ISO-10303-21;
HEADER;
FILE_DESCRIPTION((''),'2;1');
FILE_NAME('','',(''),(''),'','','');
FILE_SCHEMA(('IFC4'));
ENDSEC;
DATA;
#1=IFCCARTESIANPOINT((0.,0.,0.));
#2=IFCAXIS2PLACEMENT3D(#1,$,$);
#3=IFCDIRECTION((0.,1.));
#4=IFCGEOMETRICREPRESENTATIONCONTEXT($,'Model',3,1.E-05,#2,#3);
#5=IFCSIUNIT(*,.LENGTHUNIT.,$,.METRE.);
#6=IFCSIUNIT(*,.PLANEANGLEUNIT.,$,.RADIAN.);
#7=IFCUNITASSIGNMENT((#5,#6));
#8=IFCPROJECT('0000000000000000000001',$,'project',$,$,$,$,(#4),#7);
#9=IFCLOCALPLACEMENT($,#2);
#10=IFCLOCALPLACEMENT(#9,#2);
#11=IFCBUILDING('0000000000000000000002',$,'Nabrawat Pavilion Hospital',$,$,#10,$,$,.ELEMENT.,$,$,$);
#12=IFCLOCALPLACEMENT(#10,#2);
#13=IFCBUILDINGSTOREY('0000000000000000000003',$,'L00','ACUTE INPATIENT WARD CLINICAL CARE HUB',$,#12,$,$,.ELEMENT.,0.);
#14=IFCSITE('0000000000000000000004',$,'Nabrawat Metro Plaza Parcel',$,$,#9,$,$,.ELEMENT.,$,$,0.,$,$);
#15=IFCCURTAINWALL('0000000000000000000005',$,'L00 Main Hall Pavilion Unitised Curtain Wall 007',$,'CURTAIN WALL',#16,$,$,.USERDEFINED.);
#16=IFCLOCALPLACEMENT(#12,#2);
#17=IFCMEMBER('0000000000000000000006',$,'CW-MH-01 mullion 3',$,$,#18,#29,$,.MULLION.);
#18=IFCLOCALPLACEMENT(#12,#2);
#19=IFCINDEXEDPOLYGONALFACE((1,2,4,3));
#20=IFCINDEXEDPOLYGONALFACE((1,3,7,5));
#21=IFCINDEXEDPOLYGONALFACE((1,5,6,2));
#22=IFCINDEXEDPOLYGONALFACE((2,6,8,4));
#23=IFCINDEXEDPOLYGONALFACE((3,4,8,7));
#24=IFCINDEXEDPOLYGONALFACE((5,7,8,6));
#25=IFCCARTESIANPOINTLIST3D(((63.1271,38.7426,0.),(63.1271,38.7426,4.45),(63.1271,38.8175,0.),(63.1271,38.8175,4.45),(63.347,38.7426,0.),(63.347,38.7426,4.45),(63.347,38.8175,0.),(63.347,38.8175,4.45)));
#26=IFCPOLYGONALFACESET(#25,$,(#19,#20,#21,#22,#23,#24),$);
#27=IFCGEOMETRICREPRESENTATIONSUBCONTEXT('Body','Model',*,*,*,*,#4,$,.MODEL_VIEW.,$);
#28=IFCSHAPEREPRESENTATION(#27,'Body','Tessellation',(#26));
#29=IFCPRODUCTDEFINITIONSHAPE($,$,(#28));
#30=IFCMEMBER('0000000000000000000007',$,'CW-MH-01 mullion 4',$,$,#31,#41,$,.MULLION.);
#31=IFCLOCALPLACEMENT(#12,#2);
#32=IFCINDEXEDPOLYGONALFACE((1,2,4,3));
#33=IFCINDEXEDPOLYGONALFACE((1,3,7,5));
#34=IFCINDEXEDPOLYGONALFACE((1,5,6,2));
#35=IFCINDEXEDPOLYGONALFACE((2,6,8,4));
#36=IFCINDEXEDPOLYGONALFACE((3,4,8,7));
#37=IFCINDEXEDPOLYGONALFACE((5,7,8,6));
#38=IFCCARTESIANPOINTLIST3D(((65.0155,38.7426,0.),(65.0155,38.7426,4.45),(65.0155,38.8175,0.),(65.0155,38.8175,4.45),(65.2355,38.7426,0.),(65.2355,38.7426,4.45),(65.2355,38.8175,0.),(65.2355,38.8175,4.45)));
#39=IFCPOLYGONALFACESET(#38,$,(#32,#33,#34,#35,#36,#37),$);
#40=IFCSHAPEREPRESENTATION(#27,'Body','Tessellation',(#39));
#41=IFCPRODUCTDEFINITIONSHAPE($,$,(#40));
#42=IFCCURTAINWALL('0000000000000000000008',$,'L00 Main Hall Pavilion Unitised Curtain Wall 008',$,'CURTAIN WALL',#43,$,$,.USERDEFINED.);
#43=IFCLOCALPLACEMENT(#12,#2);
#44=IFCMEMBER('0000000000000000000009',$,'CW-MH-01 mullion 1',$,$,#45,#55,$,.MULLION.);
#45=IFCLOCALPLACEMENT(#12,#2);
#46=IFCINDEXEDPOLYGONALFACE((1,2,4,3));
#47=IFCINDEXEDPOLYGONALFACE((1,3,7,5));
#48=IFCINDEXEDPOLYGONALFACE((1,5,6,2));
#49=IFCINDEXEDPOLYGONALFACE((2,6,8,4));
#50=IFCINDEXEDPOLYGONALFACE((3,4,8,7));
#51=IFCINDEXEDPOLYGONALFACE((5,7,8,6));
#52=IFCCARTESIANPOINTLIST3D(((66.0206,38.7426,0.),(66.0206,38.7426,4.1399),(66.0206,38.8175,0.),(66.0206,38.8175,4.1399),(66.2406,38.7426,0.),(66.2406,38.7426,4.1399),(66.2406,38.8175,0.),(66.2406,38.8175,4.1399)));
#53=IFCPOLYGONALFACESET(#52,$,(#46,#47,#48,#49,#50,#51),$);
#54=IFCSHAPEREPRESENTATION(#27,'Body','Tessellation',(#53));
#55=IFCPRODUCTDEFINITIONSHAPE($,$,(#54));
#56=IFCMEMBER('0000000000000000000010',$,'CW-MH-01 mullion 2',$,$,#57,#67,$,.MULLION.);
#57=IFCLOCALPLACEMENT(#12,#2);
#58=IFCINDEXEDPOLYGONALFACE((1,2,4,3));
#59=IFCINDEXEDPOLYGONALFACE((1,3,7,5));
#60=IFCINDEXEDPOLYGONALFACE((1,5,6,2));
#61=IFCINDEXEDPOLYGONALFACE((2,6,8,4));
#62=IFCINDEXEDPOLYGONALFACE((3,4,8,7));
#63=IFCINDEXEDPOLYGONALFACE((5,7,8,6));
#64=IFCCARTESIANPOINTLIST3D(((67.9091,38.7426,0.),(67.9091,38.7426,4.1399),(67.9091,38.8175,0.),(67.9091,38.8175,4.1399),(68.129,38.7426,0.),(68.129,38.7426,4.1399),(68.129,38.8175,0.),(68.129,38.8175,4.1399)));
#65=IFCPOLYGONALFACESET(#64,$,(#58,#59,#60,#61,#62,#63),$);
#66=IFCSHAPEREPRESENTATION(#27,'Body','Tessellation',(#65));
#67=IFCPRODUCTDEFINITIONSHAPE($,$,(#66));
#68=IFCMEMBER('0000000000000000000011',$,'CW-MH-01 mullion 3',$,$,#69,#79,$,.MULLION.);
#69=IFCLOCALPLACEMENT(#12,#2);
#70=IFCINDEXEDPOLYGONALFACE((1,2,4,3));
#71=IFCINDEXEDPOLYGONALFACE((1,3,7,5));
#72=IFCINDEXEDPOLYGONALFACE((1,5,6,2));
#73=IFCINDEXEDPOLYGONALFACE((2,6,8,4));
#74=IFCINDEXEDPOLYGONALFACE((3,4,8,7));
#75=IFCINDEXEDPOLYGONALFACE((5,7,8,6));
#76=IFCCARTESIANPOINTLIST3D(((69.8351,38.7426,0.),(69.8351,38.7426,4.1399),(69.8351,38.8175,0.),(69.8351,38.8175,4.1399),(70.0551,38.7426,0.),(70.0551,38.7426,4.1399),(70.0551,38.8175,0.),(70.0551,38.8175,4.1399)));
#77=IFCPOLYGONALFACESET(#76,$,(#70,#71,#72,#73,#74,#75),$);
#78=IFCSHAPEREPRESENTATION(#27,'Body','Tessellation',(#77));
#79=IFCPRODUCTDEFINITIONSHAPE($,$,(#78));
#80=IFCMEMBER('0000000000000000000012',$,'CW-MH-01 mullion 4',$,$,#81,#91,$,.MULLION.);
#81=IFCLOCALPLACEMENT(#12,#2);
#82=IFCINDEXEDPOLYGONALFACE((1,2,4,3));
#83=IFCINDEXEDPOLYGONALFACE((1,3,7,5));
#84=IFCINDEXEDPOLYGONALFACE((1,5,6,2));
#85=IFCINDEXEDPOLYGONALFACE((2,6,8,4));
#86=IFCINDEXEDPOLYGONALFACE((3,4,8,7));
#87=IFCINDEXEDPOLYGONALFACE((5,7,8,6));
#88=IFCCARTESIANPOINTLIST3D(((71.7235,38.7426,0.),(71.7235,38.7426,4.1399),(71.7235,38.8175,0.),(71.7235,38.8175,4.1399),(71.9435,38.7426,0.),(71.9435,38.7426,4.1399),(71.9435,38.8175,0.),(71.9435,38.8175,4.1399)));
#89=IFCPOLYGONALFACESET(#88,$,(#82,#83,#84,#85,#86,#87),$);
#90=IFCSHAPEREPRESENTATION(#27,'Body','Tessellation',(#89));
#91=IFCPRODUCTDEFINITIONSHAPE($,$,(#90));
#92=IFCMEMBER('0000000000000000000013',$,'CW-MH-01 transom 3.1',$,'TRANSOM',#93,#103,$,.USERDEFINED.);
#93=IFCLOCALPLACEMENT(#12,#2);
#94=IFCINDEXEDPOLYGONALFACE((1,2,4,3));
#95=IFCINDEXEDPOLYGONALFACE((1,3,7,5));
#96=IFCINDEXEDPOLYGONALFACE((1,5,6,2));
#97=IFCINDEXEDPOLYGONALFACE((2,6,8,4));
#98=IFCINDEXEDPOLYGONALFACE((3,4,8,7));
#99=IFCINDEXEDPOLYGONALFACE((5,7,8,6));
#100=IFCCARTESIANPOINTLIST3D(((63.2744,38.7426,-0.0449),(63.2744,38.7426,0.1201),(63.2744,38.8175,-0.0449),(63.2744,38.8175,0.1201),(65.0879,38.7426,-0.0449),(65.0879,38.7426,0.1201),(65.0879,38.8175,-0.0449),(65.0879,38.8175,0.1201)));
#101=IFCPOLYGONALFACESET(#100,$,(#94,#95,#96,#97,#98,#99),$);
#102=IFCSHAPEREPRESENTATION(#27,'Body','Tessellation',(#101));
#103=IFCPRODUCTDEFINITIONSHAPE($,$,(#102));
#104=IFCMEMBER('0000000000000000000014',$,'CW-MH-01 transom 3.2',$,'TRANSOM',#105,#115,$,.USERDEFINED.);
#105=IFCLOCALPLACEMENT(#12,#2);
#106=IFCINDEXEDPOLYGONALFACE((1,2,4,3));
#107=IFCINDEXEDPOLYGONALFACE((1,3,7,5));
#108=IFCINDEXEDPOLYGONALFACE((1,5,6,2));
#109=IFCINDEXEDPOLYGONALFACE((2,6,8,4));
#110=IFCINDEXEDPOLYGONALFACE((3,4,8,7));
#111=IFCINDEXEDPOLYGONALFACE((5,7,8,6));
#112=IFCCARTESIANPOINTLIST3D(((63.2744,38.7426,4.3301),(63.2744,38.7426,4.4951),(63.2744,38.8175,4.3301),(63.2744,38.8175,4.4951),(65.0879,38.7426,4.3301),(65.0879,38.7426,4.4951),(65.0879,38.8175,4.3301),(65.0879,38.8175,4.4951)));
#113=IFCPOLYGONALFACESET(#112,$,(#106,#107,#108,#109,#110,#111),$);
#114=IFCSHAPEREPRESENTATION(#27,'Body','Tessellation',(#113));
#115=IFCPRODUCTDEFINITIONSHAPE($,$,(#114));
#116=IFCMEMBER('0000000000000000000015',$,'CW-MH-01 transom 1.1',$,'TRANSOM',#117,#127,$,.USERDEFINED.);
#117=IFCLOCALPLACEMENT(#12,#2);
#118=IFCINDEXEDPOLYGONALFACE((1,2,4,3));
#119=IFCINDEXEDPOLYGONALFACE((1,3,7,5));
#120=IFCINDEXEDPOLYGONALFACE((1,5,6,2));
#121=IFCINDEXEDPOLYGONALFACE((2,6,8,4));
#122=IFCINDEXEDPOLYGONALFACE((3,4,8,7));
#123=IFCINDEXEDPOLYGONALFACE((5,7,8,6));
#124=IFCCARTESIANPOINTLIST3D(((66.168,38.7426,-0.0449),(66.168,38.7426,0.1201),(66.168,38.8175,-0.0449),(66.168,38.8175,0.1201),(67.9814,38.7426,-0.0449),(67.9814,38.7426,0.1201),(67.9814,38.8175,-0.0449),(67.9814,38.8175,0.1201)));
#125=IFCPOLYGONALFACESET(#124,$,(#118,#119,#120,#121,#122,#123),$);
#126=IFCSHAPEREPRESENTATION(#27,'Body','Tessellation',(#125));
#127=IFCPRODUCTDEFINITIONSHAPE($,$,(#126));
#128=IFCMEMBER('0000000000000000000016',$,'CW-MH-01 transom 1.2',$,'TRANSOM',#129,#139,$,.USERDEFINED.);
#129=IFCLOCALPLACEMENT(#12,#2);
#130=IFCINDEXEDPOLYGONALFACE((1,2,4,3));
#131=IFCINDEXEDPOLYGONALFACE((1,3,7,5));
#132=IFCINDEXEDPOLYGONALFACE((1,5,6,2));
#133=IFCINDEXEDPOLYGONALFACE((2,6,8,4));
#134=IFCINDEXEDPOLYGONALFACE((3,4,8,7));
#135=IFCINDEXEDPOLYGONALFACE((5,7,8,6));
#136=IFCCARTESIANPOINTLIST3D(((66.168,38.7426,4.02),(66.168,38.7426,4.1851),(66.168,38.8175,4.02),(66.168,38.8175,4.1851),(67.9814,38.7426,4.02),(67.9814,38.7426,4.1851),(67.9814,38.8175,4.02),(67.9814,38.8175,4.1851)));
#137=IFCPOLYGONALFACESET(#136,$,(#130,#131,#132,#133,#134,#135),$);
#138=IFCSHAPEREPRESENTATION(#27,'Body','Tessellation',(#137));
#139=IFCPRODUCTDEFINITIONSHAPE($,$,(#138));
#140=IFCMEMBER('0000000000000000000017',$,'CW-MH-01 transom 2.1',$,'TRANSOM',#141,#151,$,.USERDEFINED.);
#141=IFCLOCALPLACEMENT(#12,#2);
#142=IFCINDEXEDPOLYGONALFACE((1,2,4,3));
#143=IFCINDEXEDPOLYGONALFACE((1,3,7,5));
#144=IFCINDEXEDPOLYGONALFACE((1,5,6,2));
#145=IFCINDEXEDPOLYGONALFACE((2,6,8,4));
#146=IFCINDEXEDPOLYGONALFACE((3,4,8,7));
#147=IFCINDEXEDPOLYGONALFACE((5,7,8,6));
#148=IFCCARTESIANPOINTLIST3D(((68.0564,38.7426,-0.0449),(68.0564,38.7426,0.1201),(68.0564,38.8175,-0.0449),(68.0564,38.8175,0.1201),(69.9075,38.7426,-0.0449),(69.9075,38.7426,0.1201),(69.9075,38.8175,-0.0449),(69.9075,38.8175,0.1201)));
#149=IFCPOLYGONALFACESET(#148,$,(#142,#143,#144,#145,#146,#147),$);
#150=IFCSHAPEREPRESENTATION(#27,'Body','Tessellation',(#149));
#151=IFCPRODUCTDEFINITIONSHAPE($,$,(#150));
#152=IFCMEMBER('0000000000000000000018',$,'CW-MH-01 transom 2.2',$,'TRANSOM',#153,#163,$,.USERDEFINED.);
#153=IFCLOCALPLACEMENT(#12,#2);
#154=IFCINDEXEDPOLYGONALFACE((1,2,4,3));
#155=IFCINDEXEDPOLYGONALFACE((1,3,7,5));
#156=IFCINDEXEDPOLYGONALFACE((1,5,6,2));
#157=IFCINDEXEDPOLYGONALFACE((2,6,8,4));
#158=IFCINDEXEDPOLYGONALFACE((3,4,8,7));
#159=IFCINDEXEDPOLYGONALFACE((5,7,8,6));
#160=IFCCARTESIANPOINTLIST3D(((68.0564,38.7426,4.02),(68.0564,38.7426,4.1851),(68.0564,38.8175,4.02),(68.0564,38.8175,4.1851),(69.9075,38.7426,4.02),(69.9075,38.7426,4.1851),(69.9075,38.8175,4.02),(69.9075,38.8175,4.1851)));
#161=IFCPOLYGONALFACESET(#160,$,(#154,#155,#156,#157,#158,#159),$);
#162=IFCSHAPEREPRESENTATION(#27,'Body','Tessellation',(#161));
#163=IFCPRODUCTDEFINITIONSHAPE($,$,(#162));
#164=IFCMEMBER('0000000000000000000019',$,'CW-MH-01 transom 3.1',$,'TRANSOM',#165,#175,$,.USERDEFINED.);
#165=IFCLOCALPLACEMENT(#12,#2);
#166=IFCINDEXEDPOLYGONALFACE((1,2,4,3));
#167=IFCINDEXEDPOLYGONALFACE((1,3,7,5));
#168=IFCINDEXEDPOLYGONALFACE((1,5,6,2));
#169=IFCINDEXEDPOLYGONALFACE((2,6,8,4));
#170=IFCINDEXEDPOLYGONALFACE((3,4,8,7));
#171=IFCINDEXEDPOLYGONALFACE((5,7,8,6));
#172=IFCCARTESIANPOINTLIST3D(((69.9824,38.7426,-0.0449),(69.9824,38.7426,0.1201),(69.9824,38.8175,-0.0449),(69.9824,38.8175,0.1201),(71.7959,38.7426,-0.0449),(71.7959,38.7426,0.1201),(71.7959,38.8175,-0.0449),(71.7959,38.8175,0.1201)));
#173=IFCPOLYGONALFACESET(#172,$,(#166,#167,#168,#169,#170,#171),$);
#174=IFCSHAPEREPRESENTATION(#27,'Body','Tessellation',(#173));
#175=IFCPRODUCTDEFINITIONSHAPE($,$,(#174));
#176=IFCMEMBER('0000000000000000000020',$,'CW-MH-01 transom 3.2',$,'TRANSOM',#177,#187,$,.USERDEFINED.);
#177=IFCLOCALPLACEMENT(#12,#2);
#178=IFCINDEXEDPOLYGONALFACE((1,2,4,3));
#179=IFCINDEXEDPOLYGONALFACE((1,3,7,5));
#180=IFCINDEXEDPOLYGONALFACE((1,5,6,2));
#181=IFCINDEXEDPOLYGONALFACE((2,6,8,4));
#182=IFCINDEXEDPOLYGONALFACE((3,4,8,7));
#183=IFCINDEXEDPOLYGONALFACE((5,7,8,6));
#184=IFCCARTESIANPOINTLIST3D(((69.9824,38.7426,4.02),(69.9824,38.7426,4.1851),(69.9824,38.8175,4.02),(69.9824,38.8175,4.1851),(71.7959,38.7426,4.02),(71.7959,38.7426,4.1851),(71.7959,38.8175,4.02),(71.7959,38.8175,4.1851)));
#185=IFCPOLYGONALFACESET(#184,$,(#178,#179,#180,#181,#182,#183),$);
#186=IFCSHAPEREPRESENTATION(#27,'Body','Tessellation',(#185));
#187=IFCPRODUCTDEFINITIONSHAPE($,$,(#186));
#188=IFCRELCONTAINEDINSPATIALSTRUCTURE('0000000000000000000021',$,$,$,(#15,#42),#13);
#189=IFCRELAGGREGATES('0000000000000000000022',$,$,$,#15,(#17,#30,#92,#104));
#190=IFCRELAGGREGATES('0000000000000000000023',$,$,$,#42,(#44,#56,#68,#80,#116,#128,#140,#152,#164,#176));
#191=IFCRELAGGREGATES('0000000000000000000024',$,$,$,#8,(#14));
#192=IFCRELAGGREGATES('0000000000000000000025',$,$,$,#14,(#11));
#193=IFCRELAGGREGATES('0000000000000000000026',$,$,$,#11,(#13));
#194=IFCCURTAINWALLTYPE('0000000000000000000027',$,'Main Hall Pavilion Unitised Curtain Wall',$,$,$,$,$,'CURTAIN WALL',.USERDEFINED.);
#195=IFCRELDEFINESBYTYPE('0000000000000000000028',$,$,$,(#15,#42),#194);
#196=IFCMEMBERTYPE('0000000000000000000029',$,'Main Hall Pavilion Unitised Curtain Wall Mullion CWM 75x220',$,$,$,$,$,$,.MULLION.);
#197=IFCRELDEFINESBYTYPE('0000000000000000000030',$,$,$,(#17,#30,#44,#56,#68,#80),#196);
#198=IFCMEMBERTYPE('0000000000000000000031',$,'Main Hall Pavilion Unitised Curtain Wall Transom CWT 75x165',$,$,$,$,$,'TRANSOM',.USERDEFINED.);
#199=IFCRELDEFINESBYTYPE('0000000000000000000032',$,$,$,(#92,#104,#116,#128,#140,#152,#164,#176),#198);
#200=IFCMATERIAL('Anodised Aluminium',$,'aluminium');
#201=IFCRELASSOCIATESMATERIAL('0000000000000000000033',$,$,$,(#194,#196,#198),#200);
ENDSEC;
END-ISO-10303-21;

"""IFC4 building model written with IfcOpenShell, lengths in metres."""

from ifc_helpers import new_model, si_unit, direction, frame, origin, origin_2d, place, context, subcontext, project, spatial, rectangle, extrude, material, material_profile, profile_set, type_object, element, aggregate, save


model = new_model("IFC4")

# Units and contexts
model_context = context("Model", 3, precision=1e-05, world=origin(), true_north=direction((0.0, 1.0)))
body_context = subcontext(model_context, "Body", "Model", "MODEL_VIEW")
ifc_project = project(units=[si_unit("LENGTHUNIT", "METRE"), si_unit("PLANEANGLEUNIT", "RADIAN")], contexts=[model_context])

# Site, building, storey
site_placement = place(None, origin())
site = spatial("IfcSite", under=ifc_project, at=site_placement, Name="Nabrawat Metro Plaza Parcel", CompositionType="ELEMENT", RefElevation=0.0)
building_placement = place(site_placement, origin())
building = spatial("IfcBuilding", under=site, at=building_placement, Name="Nabrawat Pavilion Hospital", CompositionType="ELEMENT")
storey_placement = place(building_placement, origin())
storey = spatial("IfcBuildingStorey", under=building, at=storey_placement, Name="L00", Description="ACUTE INPATIENT WARD CLINICAL CARE HUB", CompositionType="ELEMENT", Elevation=0.0)

# Curtain walls, members
ifc_material_1 = material(Name="Anodised Aluminium", Category="aluminium")
curtain_wall_type = type_object("IfcCurtainWallType", Name="Main Hall Pavilion Unitised Curtain Wall", ElementType="CURTAIN WALL", PredefinedType="USERDEFINED", material=ifc_material_1)
curtain_wall_1_placement = place(storey_placement, origin())
curtain_wall_1 = element("IfcCurtainWall", 1, at=curtain_wall_1_placement, inside=storey, type_object=curtain_wall_type, Name="L00 Main Hall Pavilion Unitised Curtain Wall 007", ObjectType="CURTAIN WALL", PredefinedType="USERDEFINED")
ifc_material_profile_1 = material_profile(ifc_material_1, rectangle(XDim=0.075, YDim=0.22, at=origin_2d()), Name="CWM 75x220")
ifc_profile_set_1 = profile_set([ifc_material_profile_1], Name="Anodised Aluminium")
member_type_1 = type_object("IfcMemberType", Name="Main Hall Pavilion Unitised Curtain Wall Mullion CWM 75x220", PredefinedType="MULLION", material=ifc_profile_set_1)
member_1_placement = place(storey_placement, frame((63.2371, 38.78, 0.0), z_axis=(0.0, 0.0, 1.0), x_axis=(0.0, 1.0, 0.0)))
member_1 = element("IfcMember", 2, at=member_1_placement, type_object=member_type_1, Name="CW-MH-01 mullion 3", PredefinedType="MULLION", context=body_context, shape_type="SweptSolid", body=[
    extrude(rectangle(XDim=0.075, YDim=0.22, at=origin_2d()), origin(), (0.0, 0.0, 1.0), 4.45),
])
member_2_placement = place(storey_placement, frame((65.1255, 38.78, 0.0), z_axis=(0.0, 0.0, 1.0), x_axis=(0.0, 1.0, 0.0)))
member_2 = element("IfcMember", 3, at=member_2_placement, type_object=member_type_1, Name="CW-MH-01 mullion 4", PredefinedType="MULLION", context=body_context, shape_type="SweptSolid", body=[
    extrude(rectangle(XDim=0.075, YDim=0.22, at=origin_2d()), origin(), (0.0, 0.0, 1.0), 4.45),
])
curtain_wall_2_placement = place(storey_placement, origin())
curtain_wall_2 = element("IfcCurtainWall", 4, at=curtain_wall_2_placement, inside=storey, type_object=curtain_wall_type, Name="L00 Main Hall Pavilion Unitised Curtain Wall 008", ObjectType="CURTAIN WALL", PredefinedType="USERDEFINED")
member_3_placement = place(storey_placement, frame((66.1306, 38.78, 0.0), z_axis=(0.0, 0.0, 1.0), x_axis=(0.0, 1.0, 0.0)))
member_3 = element("IfcMember", 5, at=member_3_placement, type_object=member_type_1, Name="CW-MH-01 mullion 1", PredefinedType="MULLION", context=body_context, shape_type="SweptSolid", body=[
    extrude(rectangle(XDim=0.075, YDim=0.22, at=origin_2d()), origin(), (0.0, 0.0, 1.0), 4.1399),
])
member_4_placement = place(storey_placement, frame((68.019, 38.78, 0.0), z_axis=(0.0, 0.0, 1.0), x_axis=(0.0, 1.0, 0.0)))
member_4 = element("IfcMember", 6, at=member_4_placement, type_object=member_type_1, Name="CW-MH-01 mullion 2", PredefinedType="MULLION", context=body_context, shape_type="SweptSolid", body=[
    extrude(rectangle(XDim=0.075, YDim=0.22, at=origin_2d()), origin(), (0.0, 0.0, 1.0), 4.1399),
])
member_5_placement = place(storey_placement, frame((69.9451, 38.78, 0.0), z_axis=(0.0, 0.0, 1.0), x_axis=(0.0, 1.0, 0.0)))
member_5 = element("IfcMember", 7, at=member_5_placement, type_object=member_type_1, Name="CW-MH-01 mullion 3", PredefinedType="MULLION", context=body_context, shape_type="SweptSolid", body=[
    extrude(rectangle(XDim=0.075, YDim=0.22, at=origin_2d()), origin(), (0.0, 0.0, 1.0), 4.1399),
])
member_6_placement = place(storey_placement, frame((71.8335, 38.78, 0.0), z_axis=(0.0, 0.0, 1.0), x_axis=(0.0, 1.0, 0.0)))
member_6 = element("IfcMember", 8, at=member_6_placement, type_object=member_type_1, Name="CW-MH-01 mullion 4", PredefinedType="MULLION", context=body_context, shape_type="SweptSolid", body=[
    extrude(rectangle(XDim=0.075, YDim=0.22, at=origin_2d()), origin(), (0.0, 0.0, 1.0), 4.1399),
])

# Members
ifc_material_profile_2 = material_profile(ifc_material_1, rectangle(XDim=0.075, YDim=0.165, at=origin_2d()), Name="CWT 75x165")
ifc_profile_set_2 = profile_set([ifc_material_profile_2], Name="Anodised Aluminium")
member_type_2 = type_object("IfcMemberType", Name="Main Hall Pavilion Unitised Curtain Wall Transom CWT 75x165", ElementType="TRANSOM", PredefinedType="USERDEFINED", material=ifc_profile_set_2)
member_7_placement = place(storey_placement, frame((63.2744, 38.78, 0.0376), z_axis=(1.0, 0.0, 0.0), x_axis=(0.0, 1.0, 0.0)))
member_7 = element("IfcMember", 9, at=member_7_placement, type_object=member_type_2, Name="CW-MH-01 transom 3.1", ObjectType="TRANSOM", PredefinedType="USERDEFINED", context=body_context, shape_type="SweptSolid", body=[
    extrude(rectangle(XDim=0.075, YDim=0.165, at=origin_2d()), origin(), (0.0, 0.0, 1.0), 1.8135),
])
member_8_placement = place(storey_placement, frame((63.2744, 38.78, 4.4126), z_axis=(1.0, 0.0, 0.0), x_axis=(0.0, 1.0, 0.0)))
member_8 = element("IfcMember", 10, at=member_8_placement, type_object=member_type_2, Name="CW-MH-01 transom 3.2", ObjectType="TRANSOM", PredefinedType="USERDEFINED", context=body_context, shape_type="SweptSolid", body=[
    extrude(rectangle(XDim=0.075, YDim=0.165, at=origin_2d()), origin(), (0.0, 0.0, 1.0), 1.8135),
])
member_9_placement = place(storey_placement, frame((66.168, 38.78, 0.0376), z_axis=(1.0, 0.0, 0.0), x_axis=(0.0, 1.0, 0.0)))
member_9 = element("IfcMember", 11, at=member_9_placement, type_object=member_type_2, Name="CW-MH-01 transom 1.1", ObjectType="TRANSOM", PredefinedType="USERDEFINED", context=body_context, shape_type="SweptSolid", body=[
    extrude(rectangle(XDim=0.075, YDim=0.165, at=origin_2d()), origin(), (0.0, 0.0, 1.0), 1.8135),
])
member_10_placement = place(storey_placement, frame((66.168, 38.78, 4.1025), z_axis=(1.0, 0.0, 0.0), x_axis=(0.0, 1.0, 0.0)))
member_10 = element("IfcMember", 12, at=member_10_placement, type_object=member_type_2, Name="CW-MH-01 transom 1.2", ObjectType="TRANSOM", PredefinedType="USERDEFINED", context=body_context, shape_type="SweptSolid", body=[
    extrude(rectangle(XDim=0.075, YDim=0.165, at=origin_2d()), origin(), (0.0, 0.0, 1.0), 1.8135),
])
member_11_placement = place(storey_placement, frame((68.0564, 38.78, 0.0376), z_axis=(1.0, 0.0, 0.0), x_axis=(0.0, 1.0, 0.0)))
member_11 = element("IfcMember", 13, at=member_11_placement, type_object=member_type_2, Name="CW-MH-01 transom 2.1", ObjectType="TRANSOM", PredefinedType="USERDEFINED", context=body_context, shape_type="SweptSolid", body=[
    extrude(rectangle(XDim=0.075, YDim=0.165, at=origin_2d()), origin(), (0.0, 0.0, 1.0), 1.8511),
])
member_12_placement = place(storey_placement, frame((68.0564, 38.78, 4.1025), z_axis=(1.0, 0.0, 0.0), x_axis=(0.0, 1.0, 0.0)))
member_12 = element("IfcMember", 14, at=member_12_placement, type_object=member_type_2, Name="CW-MH-01 transom 2.2", ObjectType="TRANSOM", PredefinedType="USERDEFINED", context=body_context, shape_type="SweptSolid", body=[
    extrude(rectangle(XDim=0.075, YDim=0.165, at=origin_2d()), origin(), (0.0, 0.0, 1.0), 1.8511),
])
member_13_placement = place(storey_placement, frame((69.9824, 38.78, 0.0376), z_axis=(1.0, 0.0, 0.0), x_axis=(0.0, 1.0, 0.0)))
member_13 = element("IfcMember", 15, at=member_13_placement, type_object=member_type_2, Name="CW-MH-01 transom 3.1", ObjectType="TRANSOM", PredefinedType="USERDEFINED", context=body_context, shape_type="SweptSolid", body=[
    extrude(rectangle(XDim=0.075, YDim=0.165, at=origin_2d()), origin(), (0.0, 0.0, 1.0), 1.8135),
])
member_14_placement = place(storey_placement, frame((69.9824, 38.78, 4.1025), z_axis=(1.0, 0.0, 0.0), x_axis=(0.0, 1.0, 0.0)))
member_14 = element("IfcMember", 16, at=member_14_placement, type_object=member_type_2, Name="CW-MH-01 transom 3.2", ObjectType="TRANSOM", PredefinedType="USERDEFINED", context=body_context, shape_type="SweptSolid", body=[
    extrude(rectangle(XDim=0.075, YDim=0.165, at=origin_2d()), origin(), (0.0, 0.0, 1.0), 1.8135),
])

aggregate(curtain_wall_1, [member_1, member_2, member_7, member_8])
aggregate(curtain_wall_2, [member_3, member_4, member_5, member_6, member_9, member_10, member_11, member_12, member_13, member_14])

save(model, "model.ifc")
